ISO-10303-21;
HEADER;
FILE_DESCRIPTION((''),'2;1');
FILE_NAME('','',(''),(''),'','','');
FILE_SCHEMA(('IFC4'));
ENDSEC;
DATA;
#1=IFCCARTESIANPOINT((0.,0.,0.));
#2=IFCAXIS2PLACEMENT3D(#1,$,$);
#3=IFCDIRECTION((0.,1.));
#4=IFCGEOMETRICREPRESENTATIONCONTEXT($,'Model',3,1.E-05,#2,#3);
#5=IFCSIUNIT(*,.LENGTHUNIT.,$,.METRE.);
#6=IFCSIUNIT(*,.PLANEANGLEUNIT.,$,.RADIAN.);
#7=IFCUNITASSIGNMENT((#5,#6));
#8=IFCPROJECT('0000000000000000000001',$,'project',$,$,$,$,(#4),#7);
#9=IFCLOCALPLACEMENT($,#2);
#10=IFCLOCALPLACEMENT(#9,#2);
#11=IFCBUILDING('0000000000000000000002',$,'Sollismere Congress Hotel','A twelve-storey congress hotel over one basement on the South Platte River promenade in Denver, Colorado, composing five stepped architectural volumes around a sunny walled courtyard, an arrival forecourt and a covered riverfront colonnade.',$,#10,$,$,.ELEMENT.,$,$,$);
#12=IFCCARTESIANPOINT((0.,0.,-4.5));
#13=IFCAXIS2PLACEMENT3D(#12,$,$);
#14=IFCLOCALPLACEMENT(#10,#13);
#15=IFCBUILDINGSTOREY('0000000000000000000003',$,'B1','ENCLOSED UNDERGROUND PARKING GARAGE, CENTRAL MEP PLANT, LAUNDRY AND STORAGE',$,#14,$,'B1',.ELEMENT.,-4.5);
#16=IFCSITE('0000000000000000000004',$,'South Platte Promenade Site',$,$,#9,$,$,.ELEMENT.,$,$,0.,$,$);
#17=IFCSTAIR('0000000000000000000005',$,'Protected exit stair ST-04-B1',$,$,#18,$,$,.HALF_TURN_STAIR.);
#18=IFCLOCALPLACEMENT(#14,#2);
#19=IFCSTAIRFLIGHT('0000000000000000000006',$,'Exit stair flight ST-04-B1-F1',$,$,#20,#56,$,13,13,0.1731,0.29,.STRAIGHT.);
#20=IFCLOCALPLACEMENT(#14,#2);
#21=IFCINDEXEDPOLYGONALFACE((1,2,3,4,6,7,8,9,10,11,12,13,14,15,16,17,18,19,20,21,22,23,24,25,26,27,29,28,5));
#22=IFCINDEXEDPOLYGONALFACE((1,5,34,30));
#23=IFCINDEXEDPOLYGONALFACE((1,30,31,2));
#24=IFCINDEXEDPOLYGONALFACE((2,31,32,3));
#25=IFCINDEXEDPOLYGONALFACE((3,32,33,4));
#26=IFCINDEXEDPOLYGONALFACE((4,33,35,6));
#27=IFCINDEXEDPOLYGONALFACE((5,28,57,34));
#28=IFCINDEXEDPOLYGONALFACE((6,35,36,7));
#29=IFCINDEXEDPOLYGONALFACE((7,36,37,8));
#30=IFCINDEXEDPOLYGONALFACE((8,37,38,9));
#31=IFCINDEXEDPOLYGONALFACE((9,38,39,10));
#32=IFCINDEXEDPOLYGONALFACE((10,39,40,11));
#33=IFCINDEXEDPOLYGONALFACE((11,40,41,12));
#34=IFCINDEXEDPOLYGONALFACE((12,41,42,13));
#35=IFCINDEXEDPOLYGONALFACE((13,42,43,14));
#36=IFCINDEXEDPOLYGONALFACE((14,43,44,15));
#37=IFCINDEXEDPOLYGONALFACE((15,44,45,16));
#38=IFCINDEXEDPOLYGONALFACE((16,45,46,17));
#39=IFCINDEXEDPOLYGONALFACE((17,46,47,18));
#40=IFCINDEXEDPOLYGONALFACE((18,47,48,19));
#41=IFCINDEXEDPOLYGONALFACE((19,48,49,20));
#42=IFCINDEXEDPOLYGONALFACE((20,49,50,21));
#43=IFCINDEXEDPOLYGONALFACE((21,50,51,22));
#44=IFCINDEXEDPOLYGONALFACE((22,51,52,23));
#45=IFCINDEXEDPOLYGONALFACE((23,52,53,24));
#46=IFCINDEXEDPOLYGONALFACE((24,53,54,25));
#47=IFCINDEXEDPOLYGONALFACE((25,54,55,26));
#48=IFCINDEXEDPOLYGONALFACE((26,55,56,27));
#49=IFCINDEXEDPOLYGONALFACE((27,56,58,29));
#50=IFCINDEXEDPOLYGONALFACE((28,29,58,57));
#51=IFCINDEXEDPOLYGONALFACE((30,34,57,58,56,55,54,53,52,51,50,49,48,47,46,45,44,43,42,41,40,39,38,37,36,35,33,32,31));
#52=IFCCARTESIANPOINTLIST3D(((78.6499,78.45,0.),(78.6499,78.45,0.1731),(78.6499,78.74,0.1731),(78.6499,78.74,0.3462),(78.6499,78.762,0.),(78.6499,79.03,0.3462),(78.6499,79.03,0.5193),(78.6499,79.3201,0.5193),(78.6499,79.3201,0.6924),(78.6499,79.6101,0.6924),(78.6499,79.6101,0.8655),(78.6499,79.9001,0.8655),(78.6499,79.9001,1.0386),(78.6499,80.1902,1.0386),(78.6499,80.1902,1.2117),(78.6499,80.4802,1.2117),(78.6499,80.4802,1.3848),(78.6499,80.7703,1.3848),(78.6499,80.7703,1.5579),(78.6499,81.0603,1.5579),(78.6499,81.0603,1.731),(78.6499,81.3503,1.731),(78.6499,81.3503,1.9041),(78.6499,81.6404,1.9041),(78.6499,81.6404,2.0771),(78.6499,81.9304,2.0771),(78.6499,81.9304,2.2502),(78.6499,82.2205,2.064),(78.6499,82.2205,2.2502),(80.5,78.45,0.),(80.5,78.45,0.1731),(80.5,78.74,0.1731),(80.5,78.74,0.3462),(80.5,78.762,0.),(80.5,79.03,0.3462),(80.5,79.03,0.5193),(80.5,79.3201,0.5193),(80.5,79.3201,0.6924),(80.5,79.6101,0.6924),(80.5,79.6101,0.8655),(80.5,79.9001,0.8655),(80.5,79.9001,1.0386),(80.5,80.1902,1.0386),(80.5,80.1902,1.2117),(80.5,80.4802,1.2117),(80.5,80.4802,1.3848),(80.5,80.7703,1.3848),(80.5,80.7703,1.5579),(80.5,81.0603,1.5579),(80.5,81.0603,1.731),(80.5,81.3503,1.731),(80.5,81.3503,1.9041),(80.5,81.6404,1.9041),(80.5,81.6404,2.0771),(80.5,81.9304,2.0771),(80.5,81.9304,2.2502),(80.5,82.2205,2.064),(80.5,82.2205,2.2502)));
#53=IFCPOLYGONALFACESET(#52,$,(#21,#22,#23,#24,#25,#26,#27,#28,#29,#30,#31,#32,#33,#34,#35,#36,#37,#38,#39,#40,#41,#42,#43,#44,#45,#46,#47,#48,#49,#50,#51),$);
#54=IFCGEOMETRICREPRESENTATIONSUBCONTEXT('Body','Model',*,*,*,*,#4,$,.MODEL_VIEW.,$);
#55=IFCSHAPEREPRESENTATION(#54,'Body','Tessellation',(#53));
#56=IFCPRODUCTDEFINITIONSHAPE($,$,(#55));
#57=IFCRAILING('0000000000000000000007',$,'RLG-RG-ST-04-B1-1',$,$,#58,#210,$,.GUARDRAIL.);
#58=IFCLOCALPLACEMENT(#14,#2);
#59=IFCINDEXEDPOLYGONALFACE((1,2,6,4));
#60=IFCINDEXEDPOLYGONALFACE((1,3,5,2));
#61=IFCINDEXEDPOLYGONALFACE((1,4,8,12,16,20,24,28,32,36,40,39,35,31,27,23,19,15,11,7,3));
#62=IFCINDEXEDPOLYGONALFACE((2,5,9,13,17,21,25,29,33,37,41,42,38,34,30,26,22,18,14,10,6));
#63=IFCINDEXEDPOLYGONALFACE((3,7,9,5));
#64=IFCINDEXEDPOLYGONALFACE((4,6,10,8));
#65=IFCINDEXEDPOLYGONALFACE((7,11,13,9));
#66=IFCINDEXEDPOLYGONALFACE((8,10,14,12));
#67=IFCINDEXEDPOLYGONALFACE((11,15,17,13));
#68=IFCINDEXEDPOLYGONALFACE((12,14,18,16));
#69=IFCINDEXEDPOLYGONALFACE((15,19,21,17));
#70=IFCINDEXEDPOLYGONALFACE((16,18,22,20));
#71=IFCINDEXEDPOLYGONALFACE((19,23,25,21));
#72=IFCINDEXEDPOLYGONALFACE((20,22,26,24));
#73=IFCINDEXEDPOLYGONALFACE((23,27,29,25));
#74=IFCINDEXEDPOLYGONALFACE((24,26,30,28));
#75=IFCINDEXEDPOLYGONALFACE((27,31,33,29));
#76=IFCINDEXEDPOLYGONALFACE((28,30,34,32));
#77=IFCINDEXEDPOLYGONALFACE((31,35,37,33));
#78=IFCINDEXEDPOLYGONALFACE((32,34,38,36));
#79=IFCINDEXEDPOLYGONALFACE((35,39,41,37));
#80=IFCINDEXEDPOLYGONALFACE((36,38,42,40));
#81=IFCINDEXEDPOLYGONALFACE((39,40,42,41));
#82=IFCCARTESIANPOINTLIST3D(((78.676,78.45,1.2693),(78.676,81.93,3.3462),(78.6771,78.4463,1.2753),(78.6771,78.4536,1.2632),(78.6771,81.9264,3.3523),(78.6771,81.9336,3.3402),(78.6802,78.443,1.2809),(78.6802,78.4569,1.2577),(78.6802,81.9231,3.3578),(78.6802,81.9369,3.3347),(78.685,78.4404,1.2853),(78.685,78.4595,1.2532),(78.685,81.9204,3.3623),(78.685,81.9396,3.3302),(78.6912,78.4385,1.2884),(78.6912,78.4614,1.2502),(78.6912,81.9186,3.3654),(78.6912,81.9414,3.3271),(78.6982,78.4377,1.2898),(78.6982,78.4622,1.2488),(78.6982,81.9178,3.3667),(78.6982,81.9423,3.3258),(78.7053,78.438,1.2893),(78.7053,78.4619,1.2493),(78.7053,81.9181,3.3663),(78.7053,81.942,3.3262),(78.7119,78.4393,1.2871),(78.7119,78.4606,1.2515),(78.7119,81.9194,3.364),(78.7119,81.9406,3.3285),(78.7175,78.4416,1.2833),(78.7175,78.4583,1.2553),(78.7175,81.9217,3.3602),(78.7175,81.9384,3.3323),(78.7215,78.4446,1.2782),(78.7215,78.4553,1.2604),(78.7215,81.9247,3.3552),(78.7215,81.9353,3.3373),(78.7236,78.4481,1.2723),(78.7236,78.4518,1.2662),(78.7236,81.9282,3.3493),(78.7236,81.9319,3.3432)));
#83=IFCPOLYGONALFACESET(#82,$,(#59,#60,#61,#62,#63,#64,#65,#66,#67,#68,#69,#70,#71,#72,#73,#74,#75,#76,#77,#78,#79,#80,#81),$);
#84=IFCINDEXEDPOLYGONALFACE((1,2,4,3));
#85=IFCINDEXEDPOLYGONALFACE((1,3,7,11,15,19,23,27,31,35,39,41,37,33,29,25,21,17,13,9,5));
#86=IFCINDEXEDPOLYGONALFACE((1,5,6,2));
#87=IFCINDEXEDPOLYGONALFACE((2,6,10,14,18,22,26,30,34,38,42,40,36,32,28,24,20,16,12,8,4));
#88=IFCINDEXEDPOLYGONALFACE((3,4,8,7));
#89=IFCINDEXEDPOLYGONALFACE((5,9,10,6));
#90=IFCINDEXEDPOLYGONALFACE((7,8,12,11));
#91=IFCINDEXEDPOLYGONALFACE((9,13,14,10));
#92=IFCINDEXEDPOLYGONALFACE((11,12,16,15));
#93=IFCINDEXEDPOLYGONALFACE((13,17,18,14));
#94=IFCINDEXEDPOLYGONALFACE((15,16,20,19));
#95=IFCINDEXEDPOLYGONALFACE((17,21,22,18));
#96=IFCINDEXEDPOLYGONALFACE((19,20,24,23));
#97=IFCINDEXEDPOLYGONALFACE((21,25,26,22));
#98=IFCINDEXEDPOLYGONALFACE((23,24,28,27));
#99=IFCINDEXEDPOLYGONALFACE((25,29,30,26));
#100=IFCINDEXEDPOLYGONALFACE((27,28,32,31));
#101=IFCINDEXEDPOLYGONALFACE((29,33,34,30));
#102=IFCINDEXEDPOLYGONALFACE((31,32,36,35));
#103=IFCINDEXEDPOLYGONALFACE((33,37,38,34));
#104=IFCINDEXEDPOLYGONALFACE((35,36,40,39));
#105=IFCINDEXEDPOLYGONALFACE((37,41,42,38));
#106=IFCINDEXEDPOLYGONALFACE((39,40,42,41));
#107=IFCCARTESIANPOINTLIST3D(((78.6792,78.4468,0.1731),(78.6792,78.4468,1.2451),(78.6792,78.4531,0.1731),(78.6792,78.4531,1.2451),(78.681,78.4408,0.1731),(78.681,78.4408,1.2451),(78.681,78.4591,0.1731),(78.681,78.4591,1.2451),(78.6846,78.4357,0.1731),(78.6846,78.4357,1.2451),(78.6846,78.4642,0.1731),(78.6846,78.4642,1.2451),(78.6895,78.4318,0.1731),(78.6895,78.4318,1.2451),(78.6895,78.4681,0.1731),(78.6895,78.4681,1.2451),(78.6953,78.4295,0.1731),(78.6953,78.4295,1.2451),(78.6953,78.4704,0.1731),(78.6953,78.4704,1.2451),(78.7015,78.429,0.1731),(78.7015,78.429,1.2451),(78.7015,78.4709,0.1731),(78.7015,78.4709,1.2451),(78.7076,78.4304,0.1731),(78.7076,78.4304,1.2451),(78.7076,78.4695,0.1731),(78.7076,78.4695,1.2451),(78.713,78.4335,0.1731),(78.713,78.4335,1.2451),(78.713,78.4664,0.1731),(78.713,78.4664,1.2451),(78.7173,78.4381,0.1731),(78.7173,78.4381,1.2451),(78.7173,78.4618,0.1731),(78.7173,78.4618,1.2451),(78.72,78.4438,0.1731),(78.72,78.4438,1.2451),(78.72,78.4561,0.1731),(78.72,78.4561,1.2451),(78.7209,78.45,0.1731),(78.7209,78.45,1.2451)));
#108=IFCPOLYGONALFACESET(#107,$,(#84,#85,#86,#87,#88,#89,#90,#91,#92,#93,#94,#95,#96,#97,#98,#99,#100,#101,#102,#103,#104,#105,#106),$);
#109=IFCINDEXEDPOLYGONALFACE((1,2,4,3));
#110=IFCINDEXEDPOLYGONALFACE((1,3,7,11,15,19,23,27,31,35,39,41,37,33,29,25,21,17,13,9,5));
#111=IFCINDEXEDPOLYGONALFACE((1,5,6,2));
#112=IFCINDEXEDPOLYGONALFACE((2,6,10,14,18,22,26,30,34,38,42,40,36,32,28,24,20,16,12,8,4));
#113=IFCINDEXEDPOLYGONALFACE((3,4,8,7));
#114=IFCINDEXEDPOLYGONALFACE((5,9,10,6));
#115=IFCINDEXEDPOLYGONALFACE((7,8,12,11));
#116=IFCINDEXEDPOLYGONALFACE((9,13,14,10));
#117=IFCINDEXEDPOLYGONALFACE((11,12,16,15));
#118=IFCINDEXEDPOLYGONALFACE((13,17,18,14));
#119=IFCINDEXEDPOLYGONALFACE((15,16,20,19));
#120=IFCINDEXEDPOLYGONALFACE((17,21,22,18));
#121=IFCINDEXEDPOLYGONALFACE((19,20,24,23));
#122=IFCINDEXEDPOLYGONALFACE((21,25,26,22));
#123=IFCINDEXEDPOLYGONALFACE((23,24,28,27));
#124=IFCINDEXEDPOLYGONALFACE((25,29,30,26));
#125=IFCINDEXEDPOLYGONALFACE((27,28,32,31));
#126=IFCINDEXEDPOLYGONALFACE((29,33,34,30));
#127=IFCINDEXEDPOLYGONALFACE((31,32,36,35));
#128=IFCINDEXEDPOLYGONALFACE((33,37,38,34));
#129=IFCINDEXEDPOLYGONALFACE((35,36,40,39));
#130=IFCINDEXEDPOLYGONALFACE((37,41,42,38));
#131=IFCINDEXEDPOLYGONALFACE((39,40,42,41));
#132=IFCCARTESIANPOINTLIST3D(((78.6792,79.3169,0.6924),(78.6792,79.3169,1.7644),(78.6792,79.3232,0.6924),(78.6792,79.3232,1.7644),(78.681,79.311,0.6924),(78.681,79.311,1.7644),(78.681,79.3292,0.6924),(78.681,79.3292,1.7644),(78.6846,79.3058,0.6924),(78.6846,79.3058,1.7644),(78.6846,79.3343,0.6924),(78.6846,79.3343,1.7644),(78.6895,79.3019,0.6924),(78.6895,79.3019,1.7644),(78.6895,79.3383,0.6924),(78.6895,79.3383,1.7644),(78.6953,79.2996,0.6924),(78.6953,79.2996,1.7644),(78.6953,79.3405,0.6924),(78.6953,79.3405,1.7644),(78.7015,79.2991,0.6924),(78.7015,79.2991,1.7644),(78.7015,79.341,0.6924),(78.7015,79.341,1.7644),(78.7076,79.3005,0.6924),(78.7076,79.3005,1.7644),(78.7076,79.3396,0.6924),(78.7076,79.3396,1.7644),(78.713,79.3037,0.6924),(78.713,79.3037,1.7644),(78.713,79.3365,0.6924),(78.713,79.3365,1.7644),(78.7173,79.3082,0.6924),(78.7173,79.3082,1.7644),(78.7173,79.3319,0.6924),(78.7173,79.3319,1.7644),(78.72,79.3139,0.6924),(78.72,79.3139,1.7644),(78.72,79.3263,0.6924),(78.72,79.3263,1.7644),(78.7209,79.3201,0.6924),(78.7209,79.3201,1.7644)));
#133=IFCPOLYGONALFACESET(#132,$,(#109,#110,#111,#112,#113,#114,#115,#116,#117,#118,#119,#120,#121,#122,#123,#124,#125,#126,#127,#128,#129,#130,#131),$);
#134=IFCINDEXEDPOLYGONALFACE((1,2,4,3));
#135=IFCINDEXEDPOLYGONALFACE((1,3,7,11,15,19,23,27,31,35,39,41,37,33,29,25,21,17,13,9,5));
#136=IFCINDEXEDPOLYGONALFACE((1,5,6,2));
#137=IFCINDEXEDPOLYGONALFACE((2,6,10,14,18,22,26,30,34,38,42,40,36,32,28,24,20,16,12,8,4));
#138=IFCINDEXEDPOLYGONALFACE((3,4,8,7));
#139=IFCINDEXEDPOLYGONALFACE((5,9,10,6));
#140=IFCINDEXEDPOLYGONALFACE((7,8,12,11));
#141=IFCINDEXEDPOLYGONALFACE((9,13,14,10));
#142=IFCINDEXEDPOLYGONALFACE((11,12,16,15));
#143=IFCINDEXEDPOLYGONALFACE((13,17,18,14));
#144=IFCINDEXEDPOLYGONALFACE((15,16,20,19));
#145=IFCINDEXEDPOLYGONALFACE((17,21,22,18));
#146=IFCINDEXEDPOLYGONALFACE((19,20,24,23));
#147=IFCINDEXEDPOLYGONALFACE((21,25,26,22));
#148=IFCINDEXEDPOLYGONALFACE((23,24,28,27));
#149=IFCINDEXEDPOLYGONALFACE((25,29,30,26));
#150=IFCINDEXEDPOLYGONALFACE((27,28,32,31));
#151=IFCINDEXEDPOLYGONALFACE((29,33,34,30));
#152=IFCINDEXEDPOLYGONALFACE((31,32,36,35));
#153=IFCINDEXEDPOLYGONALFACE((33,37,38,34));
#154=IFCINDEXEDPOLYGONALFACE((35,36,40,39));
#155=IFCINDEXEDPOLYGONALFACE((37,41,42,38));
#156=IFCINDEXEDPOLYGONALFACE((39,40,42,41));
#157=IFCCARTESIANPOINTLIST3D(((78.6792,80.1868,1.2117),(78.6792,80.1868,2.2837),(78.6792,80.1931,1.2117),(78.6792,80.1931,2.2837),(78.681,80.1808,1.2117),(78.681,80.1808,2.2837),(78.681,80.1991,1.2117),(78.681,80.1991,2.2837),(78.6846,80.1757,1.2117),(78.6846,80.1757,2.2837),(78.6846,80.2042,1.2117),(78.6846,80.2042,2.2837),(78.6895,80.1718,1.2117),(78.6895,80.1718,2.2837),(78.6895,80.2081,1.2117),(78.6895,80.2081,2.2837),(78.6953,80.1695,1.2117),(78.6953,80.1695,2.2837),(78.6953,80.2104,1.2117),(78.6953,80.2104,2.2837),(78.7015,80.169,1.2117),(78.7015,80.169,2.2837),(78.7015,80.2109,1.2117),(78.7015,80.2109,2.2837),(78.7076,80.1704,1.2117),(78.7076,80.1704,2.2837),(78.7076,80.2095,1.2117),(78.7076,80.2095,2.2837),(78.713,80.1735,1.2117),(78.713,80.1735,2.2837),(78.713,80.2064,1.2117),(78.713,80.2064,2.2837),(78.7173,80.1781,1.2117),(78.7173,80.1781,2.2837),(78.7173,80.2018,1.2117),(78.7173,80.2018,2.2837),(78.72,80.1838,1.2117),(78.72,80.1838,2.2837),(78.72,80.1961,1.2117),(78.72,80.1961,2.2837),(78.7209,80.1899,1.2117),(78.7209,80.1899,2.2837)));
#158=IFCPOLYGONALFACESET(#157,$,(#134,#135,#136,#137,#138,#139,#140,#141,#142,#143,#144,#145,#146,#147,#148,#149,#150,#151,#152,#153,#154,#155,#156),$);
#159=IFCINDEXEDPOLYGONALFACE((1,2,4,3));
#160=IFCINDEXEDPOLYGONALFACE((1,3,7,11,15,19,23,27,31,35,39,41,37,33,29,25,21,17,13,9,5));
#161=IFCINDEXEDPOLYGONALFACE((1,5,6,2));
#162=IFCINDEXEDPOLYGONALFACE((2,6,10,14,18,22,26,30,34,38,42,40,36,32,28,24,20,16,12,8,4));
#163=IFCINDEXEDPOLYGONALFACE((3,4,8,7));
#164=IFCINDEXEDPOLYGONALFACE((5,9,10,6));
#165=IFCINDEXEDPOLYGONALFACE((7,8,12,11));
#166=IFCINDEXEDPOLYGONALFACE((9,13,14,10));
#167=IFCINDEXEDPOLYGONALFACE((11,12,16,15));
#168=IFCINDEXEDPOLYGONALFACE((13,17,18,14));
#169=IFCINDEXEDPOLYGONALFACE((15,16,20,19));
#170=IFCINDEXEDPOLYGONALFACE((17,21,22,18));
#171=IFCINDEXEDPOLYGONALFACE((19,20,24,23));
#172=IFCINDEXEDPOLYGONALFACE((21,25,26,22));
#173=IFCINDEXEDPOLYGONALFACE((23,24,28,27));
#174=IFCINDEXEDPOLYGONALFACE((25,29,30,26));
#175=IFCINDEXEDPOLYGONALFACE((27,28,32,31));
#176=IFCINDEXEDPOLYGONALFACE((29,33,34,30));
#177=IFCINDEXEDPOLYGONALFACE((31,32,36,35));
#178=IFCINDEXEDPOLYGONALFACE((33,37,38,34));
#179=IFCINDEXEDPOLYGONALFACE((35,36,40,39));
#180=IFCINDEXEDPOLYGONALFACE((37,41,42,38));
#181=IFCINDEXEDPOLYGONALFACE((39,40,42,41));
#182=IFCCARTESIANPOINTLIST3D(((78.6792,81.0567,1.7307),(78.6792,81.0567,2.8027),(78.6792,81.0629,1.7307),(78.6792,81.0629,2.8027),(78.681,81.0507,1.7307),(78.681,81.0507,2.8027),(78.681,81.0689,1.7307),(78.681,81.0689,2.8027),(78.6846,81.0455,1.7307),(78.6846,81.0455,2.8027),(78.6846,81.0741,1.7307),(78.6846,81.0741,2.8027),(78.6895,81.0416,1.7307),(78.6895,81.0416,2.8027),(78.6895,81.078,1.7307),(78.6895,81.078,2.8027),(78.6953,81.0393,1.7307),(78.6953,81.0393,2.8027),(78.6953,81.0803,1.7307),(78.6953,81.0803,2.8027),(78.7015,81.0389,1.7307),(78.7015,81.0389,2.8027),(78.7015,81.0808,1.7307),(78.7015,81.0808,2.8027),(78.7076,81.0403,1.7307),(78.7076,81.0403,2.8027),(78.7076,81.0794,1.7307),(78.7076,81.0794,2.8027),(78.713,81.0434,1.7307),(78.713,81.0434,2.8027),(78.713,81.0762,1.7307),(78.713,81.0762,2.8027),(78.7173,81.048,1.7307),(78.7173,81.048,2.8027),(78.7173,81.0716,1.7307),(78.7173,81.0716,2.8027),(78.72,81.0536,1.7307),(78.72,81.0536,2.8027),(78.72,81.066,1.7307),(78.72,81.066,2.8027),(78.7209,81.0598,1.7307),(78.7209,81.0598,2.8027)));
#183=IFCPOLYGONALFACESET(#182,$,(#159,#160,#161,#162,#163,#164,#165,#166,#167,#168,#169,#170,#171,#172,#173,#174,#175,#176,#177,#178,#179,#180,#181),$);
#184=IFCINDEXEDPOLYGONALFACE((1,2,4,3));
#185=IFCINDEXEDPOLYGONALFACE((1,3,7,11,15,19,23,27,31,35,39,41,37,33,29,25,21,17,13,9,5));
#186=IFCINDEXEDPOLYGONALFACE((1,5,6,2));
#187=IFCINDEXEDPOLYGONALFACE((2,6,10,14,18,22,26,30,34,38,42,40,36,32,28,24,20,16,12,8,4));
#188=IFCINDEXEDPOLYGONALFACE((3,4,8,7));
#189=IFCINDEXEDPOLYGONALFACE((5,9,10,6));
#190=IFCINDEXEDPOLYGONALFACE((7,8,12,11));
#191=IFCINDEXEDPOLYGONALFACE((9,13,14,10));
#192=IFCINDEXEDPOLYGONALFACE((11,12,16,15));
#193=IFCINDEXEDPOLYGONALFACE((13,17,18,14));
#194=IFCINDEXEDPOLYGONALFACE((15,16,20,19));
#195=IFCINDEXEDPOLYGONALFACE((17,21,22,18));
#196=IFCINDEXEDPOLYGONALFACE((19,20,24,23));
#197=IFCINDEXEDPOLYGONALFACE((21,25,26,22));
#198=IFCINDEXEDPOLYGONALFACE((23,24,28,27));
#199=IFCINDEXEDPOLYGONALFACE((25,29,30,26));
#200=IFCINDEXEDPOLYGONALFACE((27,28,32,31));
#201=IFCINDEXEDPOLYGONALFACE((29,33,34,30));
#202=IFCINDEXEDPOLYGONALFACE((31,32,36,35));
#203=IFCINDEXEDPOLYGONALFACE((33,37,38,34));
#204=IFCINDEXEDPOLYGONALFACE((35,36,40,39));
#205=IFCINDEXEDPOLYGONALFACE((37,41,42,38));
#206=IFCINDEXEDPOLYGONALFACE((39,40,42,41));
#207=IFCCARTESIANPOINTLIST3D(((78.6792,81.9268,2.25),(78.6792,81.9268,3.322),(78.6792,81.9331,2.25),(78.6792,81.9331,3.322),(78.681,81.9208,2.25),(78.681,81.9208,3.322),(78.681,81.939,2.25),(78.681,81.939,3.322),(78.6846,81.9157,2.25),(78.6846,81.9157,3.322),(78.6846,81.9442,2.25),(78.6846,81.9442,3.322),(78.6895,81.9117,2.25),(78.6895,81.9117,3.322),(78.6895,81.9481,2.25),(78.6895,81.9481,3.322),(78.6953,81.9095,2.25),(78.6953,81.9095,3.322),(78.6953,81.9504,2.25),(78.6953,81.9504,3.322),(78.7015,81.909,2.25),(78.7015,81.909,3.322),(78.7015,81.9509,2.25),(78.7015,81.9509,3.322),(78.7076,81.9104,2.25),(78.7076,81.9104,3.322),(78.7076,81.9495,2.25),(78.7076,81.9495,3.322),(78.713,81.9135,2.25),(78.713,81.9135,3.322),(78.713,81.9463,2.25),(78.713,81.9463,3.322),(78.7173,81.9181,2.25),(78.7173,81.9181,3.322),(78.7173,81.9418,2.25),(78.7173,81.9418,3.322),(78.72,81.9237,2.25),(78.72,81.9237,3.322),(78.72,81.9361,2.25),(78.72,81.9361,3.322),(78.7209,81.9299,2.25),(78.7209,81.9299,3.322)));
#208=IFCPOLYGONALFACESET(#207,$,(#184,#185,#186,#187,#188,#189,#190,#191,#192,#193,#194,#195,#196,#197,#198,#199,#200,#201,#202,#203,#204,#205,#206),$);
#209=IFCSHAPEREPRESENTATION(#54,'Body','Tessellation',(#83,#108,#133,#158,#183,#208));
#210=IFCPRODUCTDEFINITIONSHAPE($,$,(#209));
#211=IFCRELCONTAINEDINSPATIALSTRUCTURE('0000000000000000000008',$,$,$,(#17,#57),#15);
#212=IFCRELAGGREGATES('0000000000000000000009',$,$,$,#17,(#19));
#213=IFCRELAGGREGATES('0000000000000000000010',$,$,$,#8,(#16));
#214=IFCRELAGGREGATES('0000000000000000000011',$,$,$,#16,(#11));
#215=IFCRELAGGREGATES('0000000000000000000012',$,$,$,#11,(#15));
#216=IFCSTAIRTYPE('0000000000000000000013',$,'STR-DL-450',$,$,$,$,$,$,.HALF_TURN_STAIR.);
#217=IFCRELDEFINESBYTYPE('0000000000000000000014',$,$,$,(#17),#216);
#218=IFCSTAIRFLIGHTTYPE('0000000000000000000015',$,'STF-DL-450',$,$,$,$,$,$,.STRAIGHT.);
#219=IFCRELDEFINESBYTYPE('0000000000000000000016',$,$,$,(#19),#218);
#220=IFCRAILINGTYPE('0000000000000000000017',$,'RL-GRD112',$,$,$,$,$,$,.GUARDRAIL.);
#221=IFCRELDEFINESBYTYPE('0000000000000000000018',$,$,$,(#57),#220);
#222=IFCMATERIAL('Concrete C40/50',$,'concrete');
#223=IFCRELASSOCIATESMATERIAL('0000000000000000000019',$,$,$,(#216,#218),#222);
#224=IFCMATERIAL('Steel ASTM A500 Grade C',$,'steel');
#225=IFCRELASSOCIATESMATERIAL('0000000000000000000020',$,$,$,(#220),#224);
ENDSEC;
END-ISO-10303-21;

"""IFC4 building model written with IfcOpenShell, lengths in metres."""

from ifc_helpers import new_model, si_unit, direction, frame, origin, origin_2d, place, context, subcontext, project, spatial, polyline, circle, outline, extrude, material, type_object, element, aggregate, save


model = new_model("IFC4")

# Units and contexts
model_context = context("Model", 3, precision=1e-05, world=origin(), true_north=direction((0.0, 1.0)))
body_context = subcontext(model_context, "Body", "Model", "MODEL_VIEW")
ifc_project = project(units=[si_unit("LENGTHUNIT", "METRE"), si_unit("PLANEANGLEUNIT", "RADIAN")], contexts=[model_context])

# Site, building, storey
site_placement = place(None, origin())
site = spatial("IfcSite", under=ifc_project, at=site_placement, Name="South Platte Promenade Site", CompositionType="ELEMENT", RefElevation=0.0)
building_placement = place(site_placement, origin())
building = spatial("IfcBuilding", under=site, at=building_placement, Name="Sollismere Congress Hotel", Description="A twelve-storey congress hotel over one basement on the South Platte River promenade in Denver, Colorado, composing five stepped architectural volumes around a sunny walled courtyard, an arrival forecourt and a covered riverfront colonnade.", CompositionType="ELEMENT")
storey_placement = place(building_placement, frame((0.0, 0.0, -4.5)))
storey = spatial("IfcBuildingStorey", under=building, at=storey_placement, Name="B1", Description="ENCLOSED UNDERGROUND PARKING GARAGE, CENTRAL MEP PLANT, LAUNDRY AND STORAGE", LongName="B1", CompositionType="ELEMENT", Elevation=-4.5)

# Shared definitions
ifc_material_1 = material(Name="Concrete C40/50", Category="concrete")

# Stair, stair flight
stair_type = type_object("IfcStairType", Name="STR-DL-450", PredefinedType="HALF_TURN_STAIR", material=ifc_material_1)
stair_placement = place(storey_placement, origin())
stair = element("IfcStair", 1, at=stair_placement, inside=storey, type_object=stair_type, Name="Protected exit stair ST-04-B1", PredefinedType="HALF_TURN_STAIR")
stair_flight_type = type_object("IfcStairFlightType", Name="STF-DL-450", PredefinedType="STRAIGHT", material=ifc_material_1)
stair_flight_placement = place(storey_placement, frame((79.575, 78.45, 0.0), z_axis=(0.0, 0.0, 1.0), x_axis=(0.0, 1.0, 0.0)))
stair_flight = element("IfcStairFlight", 2, at=stair_flight_placement, type_object=stair_flight_type, Name="Exit stair flight ST-04-B1-F1", NumberOfRisers=13, NumberOfTreads=13, PredefinedType="STRAIGHT", RiserHeight=0.1731, TreadLength=0.29, context=body_context, shape_type="SweptSolid", body=[
    extrude(outline(polyline([(0.0, 0.0), (0.0, 0.1731), (0.29, 0.1731), (0.29, 0.3462), (0.5801, 0.3462), (0.5801, 0.5193), (0.8701, 0.5193), (0.8701, 0.6924), (1.1602, 0.6924), (1.1602, 0.8655), (1.4502, 0.8655), (1.4502, 1.0386), (1.7402, 1.0386), (1.7402, 1.2117), (2.0303, 1.2117), (2.0303, 1.3848), (2.3203, 1.3848), (2.3203, 1.5579), (2.6104, 1.5579), (2.6104, 1.731), (2.9004, 1.731), (2.9004, 1.9041), (3.1904, 1.9041), (3.1904, 2.0771), (3.4805, 2.0771), (3.4805, 2.2502), (3.7705, 2.2502), (3.7705, 2.064), (0.312, 0.0), (0.0, 0.0)])), frame((0.0, 0.925, 0.0), z_axis=(0.0, -1.0, 0.0), x_axis=(1.0, 0.0, 0.0)), (0.0, 0.0, 1.0), 1.8501),
])
aggregate(stair, [stair_flight])

# Railing
ifc_material_2 = material(Name="Steel ASTM A500 Grade C", Category="steel")
railing_type_1 = type_object("IfcRailingType", Name="RL-GRD112", PredefinedType="GUARDRAIL", material=ifc_material_2)
railing_1_placement = place(storey_placement, frame((78.7, 78.45, 0.1731)))
element("IfcRailing", 3, at=railing_1_placement, inside=storey, type_object=railing_type_1, Name="RLG-RG-ST-04-B1-1", PredefinedType="GUARDRAIL", context=body_context, shape_type="SweptSolid", body=[
    extrude(circle(Radius=0.0239, at=origin_2d()), frame((0.0, 0.0, 1.0962), z_axis=(0.0, 0.858697, 0.512483), x_axis=(-1.0, 0.0, 0.0)), (0.0, 0.0, 1.0), 4.0527),
    extrude(circle(Radius=0.021, at=origin_2d()), origin(), (0.0, 0.0, 1.0), 1.072),
    extrude(circle(Radius=0.021, at=origin_2d()), frame((0.0, 0.8701, 0.5193)), (0.0, 0.0, 1.0), 1.072),
    extrude(circle(Radius=0.021, at=origin_2d()), frame((0.0, 1.74, 1.0386)), (0.0, 0.0, 1.0), 1.072),
    extrude(circle(Radius=0.021, at=origin_2d()), frame((0.0, 2.6099, 1.5576)), (0.0, 0.0, 1.0), 1.072),
    extrude(circle(Radius=0.021, at=origin_2d()), frame((0.0, 3.48, 2.0769)), (0.0, 0.0, 1.0), 1.072),
])

save(model, "model.ifc")
